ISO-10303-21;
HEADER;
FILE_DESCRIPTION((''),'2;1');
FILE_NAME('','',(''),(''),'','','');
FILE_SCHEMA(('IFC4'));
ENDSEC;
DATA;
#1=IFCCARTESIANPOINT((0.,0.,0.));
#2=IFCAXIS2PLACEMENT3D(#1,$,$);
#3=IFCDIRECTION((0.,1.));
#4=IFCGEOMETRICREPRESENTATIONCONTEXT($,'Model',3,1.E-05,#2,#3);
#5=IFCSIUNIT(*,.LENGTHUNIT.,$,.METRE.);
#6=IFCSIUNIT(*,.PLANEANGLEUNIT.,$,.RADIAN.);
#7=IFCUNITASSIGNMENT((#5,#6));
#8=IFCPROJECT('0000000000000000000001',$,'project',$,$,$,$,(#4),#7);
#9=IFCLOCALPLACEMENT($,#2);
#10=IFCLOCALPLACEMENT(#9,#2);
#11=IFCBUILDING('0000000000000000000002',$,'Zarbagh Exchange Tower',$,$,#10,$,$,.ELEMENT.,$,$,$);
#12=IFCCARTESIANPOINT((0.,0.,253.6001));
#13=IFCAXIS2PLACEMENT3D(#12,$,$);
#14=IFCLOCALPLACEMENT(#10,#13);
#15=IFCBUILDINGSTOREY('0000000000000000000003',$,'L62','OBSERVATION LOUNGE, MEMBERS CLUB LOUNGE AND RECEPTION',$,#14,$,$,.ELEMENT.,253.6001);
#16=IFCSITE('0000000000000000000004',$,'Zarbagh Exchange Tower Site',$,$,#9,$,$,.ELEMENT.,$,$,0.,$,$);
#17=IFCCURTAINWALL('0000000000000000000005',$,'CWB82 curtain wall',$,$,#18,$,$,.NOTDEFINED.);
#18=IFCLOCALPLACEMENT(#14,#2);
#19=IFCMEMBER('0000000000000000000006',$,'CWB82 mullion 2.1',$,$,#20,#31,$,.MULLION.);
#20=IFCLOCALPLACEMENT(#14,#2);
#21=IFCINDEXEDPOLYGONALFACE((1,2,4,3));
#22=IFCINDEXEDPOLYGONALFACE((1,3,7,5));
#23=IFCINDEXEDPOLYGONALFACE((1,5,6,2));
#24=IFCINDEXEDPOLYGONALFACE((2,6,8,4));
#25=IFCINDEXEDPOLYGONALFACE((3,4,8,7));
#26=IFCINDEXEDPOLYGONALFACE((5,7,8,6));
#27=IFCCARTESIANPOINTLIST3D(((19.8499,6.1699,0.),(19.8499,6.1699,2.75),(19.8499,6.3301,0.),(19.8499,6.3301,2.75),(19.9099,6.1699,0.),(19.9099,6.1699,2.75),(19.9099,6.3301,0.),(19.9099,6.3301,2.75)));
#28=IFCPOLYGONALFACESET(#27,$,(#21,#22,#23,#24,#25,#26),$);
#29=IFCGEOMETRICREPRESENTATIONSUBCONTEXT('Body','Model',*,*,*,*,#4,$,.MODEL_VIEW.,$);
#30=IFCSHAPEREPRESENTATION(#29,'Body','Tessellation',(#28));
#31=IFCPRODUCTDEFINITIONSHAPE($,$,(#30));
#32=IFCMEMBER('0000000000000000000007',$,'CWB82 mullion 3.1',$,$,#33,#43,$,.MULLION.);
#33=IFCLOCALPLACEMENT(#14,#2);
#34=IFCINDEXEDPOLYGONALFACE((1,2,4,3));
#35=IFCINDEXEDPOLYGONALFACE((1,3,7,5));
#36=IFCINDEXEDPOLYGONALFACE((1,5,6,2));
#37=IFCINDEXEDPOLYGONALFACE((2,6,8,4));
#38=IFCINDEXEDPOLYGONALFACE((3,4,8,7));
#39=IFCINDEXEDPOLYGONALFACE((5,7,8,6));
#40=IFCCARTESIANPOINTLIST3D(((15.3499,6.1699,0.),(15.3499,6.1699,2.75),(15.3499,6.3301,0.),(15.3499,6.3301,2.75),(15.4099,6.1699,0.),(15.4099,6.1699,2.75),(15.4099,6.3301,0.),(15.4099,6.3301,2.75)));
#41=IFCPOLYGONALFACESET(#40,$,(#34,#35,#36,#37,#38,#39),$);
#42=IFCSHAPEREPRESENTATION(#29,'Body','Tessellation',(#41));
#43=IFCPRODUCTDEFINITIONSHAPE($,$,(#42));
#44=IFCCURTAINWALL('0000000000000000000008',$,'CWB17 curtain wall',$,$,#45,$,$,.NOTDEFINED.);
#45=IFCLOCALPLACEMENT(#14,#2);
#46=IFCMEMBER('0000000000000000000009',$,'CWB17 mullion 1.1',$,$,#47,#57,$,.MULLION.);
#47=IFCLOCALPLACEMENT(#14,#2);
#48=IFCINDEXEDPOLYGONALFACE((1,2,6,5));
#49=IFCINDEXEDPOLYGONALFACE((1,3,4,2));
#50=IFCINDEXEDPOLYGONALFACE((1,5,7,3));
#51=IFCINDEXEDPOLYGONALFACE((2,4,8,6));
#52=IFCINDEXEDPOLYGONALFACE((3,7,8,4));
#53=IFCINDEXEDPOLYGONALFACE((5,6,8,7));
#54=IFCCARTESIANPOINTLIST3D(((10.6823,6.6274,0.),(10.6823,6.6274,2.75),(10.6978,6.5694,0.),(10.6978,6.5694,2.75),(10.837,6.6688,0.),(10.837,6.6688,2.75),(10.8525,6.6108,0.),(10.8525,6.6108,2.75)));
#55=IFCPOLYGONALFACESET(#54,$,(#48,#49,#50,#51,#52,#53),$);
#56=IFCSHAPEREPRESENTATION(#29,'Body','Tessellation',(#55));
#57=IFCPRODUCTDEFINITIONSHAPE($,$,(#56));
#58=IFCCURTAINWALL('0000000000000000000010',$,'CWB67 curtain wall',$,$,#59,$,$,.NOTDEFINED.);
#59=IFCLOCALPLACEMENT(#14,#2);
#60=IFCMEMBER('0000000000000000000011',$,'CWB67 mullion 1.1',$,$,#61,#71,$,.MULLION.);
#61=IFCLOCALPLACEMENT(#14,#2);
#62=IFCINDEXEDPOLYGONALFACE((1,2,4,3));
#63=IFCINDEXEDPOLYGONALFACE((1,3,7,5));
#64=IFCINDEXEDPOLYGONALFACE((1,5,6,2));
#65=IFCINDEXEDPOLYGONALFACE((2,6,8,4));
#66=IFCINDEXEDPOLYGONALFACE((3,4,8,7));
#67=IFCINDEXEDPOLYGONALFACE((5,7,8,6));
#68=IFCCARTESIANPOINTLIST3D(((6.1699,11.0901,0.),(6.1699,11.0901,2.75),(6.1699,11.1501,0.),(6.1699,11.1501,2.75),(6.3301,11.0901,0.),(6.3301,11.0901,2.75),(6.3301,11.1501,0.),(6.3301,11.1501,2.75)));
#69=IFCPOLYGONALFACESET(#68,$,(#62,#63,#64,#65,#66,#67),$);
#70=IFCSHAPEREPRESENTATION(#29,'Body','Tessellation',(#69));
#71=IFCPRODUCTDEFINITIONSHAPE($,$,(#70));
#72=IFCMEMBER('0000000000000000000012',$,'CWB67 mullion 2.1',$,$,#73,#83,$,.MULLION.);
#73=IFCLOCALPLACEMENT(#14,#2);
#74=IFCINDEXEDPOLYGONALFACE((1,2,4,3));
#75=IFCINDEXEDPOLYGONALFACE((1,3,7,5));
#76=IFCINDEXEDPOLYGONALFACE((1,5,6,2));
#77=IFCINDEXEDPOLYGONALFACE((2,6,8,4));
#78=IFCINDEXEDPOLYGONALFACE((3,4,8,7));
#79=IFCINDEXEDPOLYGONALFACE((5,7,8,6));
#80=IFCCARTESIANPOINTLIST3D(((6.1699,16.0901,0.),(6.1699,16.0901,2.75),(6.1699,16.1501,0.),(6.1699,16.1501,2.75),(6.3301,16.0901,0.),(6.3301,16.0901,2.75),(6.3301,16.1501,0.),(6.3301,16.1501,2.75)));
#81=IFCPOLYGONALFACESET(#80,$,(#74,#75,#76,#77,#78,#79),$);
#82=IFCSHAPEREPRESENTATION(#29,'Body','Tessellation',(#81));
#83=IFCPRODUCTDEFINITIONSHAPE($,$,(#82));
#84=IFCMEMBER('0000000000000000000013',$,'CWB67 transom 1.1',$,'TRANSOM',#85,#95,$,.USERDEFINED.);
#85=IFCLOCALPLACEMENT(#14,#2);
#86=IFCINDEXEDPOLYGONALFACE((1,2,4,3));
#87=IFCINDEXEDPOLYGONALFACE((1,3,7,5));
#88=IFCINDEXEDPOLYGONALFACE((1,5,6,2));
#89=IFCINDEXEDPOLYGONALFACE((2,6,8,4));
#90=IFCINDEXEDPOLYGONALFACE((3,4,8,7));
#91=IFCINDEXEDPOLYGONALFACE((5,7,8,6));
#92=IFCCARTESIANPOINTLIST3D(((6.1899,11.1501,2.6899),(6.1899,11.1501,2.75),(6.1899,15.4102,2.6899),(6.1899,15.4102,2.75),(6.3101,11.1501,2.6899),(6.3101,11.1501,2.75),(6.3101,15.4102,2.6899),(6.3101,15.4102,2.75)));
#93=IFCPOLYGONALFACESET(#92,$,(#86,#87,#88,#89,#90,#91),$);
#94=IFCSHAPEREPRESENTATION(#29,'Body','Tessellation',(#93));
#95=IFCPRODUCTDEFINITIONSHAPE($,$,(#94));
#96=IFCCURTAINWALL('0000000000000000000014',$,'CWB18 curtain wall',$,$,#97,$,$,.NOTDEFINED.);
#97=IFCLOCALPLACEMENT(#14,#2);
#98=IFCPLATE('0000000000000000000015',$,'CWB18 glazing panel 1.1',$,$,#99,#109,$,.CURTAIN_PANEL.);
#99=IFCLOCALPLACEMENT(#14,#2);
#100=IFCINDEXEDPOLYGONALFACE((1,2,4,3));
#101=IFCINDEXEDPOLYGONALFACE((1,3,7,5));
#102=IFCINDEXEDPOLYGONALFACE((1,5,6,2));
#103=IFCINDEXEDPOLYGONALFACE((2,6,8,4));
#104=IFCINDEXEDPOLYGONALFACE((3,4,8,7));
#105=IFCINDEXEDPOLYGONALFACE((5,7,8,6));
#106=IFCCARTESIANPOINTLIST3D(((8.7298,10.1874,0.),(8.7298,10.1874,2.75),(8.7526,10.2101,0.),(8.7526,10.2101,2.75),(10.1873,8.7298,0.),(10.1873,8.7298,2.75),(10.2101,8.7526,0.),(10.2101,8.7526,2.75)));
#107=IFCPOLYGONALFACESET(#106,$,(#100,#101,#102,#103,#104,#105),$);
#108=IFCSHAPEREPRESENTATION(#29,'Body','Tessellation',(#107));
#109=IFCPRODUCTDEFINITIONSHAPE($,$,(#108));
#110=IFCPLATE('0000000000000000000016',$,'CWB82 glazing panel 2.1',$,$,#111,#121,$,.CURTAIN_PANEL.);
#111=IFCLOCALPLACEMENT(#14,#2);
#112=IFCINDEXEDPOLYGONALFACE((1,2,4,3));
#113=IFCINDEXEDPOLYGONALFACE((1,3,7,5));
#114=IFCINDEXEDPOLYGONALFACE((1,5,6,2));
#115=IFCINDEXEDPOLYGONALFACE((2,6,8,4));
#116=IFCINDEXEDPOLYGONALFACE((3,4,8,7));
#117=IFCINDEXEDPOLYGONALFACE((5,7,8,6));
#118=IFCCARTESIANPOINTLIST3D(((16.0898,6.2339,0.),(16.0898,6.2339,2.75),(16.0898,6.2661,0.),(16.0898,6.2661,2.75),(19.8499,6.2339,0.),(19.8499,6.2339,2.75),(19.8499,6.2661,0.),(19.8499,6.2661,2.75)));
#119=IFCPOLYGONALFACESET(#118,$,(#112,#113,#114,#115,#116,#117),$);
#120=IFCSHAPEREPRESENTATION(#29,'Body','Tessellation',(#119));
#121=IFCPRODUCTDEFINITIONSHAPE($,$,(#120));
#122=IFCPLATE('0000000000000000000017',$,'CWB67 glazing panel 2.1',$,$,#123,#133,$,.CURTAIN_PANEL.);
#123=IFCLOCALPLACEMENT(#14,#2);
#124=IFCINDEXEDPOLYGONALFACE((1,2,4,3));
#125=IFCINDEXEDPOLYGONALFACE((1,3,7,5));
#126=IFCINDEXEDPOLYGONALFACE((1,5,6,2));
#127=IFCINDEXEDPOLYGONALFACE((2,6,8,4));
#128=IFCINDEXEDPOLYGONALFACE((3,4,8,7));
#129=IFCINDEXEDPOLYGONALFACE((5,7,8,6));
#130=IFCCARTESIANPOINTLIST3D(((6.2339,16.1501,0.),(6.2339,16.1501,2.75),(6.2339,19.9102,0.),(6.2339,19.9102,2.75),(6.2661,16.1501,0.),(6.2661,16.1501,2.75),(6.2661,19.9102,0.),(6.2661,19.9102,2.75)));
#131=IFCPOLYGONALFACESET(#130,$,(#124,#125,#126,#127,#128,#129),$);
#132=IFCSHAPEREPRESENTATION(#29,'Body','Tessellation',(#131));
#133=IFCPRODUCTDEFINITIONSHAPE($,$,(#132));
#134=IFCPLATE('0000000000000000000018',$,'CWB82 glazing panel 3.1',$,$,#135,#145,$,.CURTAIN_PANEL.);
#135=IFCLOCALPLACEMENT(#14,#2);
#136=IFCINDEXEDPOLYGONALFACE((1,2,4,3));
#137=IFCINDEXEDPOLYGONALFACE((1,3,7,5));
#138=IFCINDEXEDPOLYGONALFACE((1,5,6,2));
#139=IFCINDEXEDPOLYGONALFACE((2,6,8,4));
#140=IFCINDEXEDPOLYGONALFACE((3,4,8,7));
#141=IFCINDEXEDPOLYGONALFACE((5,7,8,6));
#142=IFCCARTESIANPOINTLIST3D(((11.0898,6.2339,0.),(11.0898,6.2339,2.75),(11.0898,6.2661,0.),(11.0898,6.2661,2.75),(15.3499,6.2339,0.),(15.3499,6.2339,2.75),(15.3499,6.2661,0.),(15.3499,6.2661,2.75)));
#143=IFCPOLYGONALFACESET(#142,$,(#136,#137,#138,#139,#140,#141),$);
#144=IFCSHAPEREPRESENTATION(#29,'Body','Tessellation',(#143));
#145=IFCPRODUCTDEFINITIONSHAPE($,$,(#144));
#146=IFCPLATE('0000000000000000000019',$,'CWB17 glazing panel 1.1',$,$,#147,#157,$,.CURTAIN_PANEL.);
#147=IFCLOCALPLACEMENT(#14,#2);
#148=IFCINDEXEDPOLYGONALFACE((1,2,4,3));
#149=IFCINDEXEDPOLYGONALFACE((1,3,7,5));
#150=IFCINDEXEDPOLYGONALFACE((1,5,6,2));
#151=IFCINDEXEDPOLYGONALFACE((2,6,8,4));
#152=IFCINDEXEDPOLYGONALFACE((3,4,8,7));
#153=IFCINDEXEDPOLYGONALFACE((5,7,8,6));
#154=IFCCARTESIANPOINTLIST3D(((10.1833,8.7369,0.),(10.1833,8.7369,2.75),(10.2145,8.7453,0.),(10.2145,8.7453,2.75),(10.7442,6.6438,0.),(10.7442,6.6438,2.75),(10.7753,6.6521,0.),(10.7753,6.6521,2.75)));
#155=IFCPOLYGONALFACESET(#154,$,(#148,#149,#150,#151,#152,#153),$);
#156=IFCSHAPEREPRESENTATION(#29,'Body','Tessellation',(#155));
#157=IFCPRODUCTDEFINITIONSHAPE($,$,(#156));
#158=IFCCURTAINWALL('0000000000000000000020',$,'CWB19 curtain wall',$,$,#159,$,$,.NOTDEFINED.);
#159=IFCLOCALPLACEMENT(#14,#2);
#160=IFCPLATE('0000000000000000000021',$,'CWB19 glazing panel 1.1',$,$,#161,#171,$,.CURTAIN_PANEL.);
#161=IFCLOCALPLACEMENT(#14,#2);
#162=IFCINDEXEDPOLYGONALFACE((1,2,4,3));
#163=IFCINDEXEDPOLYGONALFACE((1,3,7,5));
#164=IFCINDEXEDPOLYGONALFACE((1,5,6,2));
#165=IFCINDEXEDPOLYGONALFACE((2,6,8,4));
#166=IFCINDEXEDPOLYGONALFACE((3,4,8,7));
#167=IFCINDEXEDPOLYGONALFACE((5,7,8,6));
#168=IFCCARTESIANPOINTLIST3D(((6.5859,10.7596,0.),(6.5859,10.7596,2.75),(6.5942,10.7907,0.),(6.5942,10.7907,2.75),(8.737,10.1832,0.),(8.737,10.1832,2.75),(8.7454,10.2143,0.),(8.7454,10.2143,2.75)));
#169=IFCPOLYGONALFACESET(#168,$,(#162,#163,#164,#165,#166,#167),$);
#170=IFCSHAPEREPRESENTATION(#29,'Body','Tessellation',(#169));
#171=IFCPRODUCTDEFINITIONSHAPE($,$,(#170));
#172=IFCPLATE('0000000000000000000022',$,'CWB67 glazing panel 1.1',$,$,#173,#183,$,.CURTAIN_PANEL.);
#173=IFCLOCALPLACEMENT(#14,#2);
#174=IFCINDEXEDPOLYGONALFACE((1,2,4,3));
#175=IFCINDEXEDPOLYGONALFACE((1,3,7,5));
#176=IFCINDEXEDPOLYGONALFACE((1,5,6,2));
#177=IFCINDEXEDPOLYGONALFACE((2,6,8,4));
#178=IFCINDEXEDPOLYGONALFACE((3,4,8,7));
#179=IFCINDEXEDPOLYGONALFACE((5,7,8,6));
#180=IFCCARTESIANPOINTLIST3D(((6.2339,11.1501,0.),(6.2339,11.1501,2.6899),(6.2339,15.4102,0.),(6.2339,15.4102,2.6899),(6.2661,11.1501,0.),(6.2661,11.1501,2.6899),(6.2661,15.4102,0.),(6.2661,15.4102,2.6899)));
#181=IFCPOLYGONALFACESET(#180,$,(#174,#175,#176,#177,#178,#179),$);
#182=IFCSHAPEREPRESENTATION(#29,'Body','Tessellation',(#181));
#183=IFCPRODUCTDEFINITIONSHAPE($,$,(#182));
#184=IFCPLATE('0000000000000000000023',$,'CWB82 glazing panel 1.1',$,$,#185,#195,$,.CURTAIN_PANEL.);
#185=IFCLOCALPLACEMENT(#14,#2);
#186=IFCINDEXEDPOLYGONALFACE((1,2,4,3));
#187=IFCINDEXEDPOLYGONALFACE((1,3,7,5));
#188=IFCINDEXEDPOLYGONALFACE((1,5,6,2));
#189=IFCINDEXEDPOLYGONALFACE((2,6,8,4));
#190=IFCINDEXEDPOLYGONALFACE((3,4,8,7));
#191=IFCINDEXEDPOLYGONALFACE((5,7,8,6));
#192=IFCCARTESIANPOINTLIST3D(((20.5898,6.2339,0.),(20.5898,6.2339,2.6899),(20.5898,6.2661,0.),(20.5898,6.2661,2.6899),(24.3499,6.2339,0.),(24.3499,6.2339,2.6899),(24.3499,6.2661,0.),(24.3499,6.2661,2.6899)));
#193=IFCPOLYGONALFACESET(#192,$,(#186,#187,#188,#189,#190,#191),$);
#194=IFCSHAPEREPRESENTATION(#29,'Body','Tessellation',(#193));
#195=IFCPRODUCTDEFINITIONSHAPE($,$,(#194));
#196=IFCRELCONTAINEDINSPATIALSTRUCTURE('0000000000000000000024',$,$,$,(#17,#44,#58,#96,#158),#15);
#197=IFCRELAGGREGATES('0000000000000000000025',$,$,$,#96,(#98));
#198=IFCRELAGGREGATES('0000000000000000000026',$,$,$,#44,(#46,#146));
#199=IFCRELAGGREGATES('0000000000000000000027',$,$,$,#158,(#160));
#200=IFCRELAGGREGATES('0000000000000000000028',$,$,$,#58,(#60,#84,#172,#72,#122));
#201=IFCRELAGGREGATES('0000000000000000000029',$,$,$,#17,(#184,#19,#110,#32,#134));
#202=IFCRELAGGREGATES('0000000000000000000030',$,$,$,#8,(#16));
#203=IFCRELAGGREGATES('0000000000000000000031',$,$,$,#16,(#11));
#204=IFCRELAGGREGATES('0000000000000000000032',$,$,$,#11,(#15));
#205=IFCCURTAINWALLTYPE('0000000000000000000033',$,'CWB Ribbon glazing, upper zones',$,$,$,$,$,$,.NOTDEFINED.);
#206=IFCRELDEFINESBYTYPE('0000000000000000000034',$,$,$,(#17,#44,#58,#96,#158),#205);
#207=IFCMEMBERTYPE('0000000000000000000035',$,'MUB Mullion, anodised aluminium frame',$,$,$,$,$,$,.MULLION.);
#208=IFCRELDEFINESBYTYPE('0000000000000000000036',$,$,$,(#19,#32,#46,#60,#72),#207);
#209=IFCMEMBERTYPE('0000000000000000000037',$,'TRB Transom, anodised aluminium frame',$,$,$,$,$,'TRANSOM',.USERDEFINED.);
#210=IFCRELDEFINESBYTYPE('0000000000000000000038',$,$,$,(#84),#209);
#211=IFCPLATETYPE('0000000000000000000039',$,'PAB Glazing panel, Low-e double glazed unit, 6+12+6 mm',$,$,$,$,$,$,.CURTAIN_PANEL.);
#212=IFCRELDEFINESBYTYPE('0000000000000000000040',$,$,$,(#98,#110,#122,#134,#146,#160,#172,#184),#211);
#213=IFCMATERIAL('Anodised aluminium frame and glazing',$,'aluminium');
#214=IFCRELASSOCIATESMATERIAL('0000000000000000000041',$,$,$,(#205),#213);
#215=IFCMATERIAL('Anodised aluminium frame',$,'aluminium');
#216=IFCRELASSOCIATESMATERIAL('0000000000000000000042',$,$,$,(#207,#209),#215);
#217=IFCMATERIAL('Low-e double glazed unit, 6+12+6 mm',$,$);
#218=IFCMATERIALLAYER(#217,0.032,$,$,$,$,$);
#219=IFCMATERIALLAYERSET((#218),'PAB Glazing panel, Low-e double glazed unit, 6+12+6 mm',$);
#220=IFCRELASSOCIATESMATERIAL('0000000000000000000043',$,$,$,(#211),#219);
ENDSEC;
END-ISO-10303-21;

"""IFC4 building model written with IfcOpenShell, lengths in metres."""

from ifc_helpers import new_model, si_unit, direction, frame, origin, place, context, subcontext, project, spatial, polyline, outline, extrude, source, transform, mapped, material, layer, layer_set, type_object, element, aggregate, save


model = new_model("IFC4")

# Units and contexts
model_context = context("Model", 3, precision=1e-05, world=origin(), true_north=direction((0.0, 1.0)))
body_context = subcontext(model_context, "Body", "Model", "MODEL_VIEW")
ifc_project = project(units=[si_unit("LENGTHUNIT", "METRE"), si_unit("PLANEANGLEUNIT", "RADIAN")], contexts=[model_context])

# Site, building, storey
site_placement = place(None, origin())
site = spatial("IfcSite", under=ifc_project, at=site_placement, Name="Zarbagh Exchange Tower Site", CompositionType="ELEMENT", RefElevation=0.0)
building_placement = place(site_placement, origin())
building = spatial("IfcBuilding", under=site, at=building_placement, Name="Zarbagh Exchange Tower", CompositionType="ELEMENT")
storey_placement = place(building_placement, frame((0.0, 0.0, 253.6001)))
storey = spatial("IfcBuildingStorey", under=building, at=storey_placement, Name="L62", Description="OBSERVATION LOUNGE, MEMBERS CLUB LOUNGE AND RECEPTION", CompositionType="ELEMENT", Elevation=253.6001)

# Curtain wall, members
ifc_material_1 = material(Name="Anodised aluminium frame and glazing", Category="aluminium")
curtain_wall_type = type_object("IfcCurtainWallType", Name="CWB Ribbon glazing, upper zones", PredefinedType="NOTDEFINED", material=ifc_material_1)
curtain_wall_1_placement = place(storey_placement, origin())
curtain_wall_1 = element("IfcCurtainWall", 1, at=curtain_wall_1_placement, inside=storey, type_object=curtain_wall_type, Name="CWB82 curtain wall", PredefinedType="NOTDEFINED")
ifc_material_2 = material(Name="Anodised aluminium frame", Category="aluminium")
member_type_1 = type_object("IfcMemberType", Name="MUB Mullion, anodised aluminium frame", PredefinedType="MULLION", material=ifc_material_2)
shared_shape_1 = source(origin(), body_context, "Body", "SweptSolid", [
    extrude(outline(polyline([(0.0, -0.0801), (0.0601, -0.0801), (0.0601, 0.0801), (0.0, 0.0801), (0.0, -0.0801)])), origin(), (0.0, 0.0, 1.0), 2.75),
])
placement = place(storey_placement, origin())
member_1 = element("IfcMember", 2, at=placement, type_object=member_type_1, Name="CWB82 mullion 2.1", PredefinedType="MULLION", context=body_context, shape_type="MappedRepresentation", body=[
    mapped(shared_shape_1, transform((19.9099, 6.25, 0.0), x_axis=(-1.0, 0.0, 0.0), y_axis=(0.0, -1.0, 0.0), z_axis=(0.0, 0.0, 1.0))),
])
member_2 = element("IfcMember", 3, at=placement, type_object=member_type_1, Name="CWB82 mullion 3.1", PredefinedType="MULLION", context=body_context, shape_type="MappedRepresentation", body=[
    mapped(shared_shape_1, transform((15.4099, 6.25, 0.0), x_axis=(-1.0, 0.0, 0.0), y_axis=(0.0, -1.0, 0.0), z_axis=(0.0, 0.0, 1.0))),
])

# Curtain wall, member
curtain_wall_2_placement = place(storey_placement, origin())
curtain_wall_2 = element("IfcCurtainWall", 4, at=curtain_wall_2_placement, inside=storey, type_object=curtain_wall_type, Name="CWB17 curtain wall", PredefinedType="NOTDEFINED")
member_3 = element("IfcMember", 5, at=placement, type_object=member_type_1, Name="CWB17 mullion 1.1", PredefinedType="MULLION", context=body_context, shape_type="MappedRepresentation", body=[
    mapped(shared_shape_1, transform((10.7751, 6.5901, 0.0), x_axis=(-0.258825, 0.965924, 0.0), y_axis=(-0.965924, -0.258825, 0.0), z_axis=(0.0, 0.0, 1.0))),
])

# Curtain wall, members
curtain_wall_3_placement = place(storey_placement, origin())
curtain_wall_3 = element("IfcCurtainWall", 6, at=curtain_wall_3_placement, inside=storey, type_object=curtain_wall_type, Name="CWB67 curtain wall", PredefinedType="NOTDEFINED")
member_4 = element("IfcMember", 7, at=placement, type_object=member_type_1, Name="CWB67 mullion 1.1", PredefinedType="MULLION", context=body_context, shape_type="MappedRepresentation", body=[
    mapped(shared_shape_1, transform((6.25, 11.0901, 0.0), x_axis=(0.0, 1.0, 0.0), y_axis=(-1.0, 0.0, 0.0), z_axis=(0.0, 0.0, 1.0))),
])
member_5 = element("IfcMember", 8, at=placement, type_object=member_type_1, Name="CWB67 mullion 2.1", PredefinedType="MULLION", context=body_context, shape_type="MappedRepresentation", body=[
    mapped(shared_shape_1, transform((6.25, 16.0901, 0.0), x_axis=(0.0, 1.0, 0.0), y_axis=(-1.0, 0.0, 0.0), z_axis=(0.0, 0.0, 1.0))),
])
member_type_2 = type_object("IfcMemberType", Name="TRB Transom, anodised aluminium frame", ElementType="TRANSOM", PredefinedType="USERDEFINED", material=ifc_material_2)
shared_shape_2 = source(origin(), body_context, "Body", "SweptSolid", [
    extrude(outline(polyline([(-0.0601, -0.0601), (0.0, -0.0601), (0.0, 0.0601), (-0.0601, 0.0601), (-0.0601, -0.0601)])), origin(), (0.0, 0.0, 1.0), 4.26),
])
member_6 = element("IfcMember", 9, at=placement, type_object=member_type_2, Name="CWB67 transom 1.1", ObjectType="TRANSOM", PredefinedType="USERDEFINED", context=body_context, shape_type="MappedRepresentation", body=[
    mapped(shared_shape_2, transform((6.25, 11.1501, 2.75), x_axis=(0.0, 0.0, 1.0), y_axis=(1.0, 0.0, 0.0), z_axis=(0.0, 1.0, 0.0))),
])

# Curtain wall, plate
curtain_wall_4_placement = place(storey_placement, origin())
curtain_wall_4 = element("IfcCurtainWall", 10, at=curtain_wall_4_placement, inside=storey, type_object=curtain_wall_type, Name="CWB18 curtain wall", PredefinedType="NOTDEFINED")
ifc_material_3 = material(Name="Low-e double glazed unit, 6+12+6 mm")
ifc_layer_1 = layer(ifc_material_3, 0.032)
ifc_layer_set_1 = layer_set([ifc_layer_1], Name="PAB Glazing panel, Low-e double glazed unit, 6+12+6 mm")
plate_type = type_object("IfcPlateType", Name="PAB Glazing panel, Low-e double glazed unit, 6+12+6 mm", PredefinedType="CURTAIN_PANEL", material=ifc_layer_set_1)
shared_shape_3 = source(origin(), body_context, "Body", "SweptSolid", [
    extrude(outline(polyline([(0.0, -0.0161), (2.0613, -0.0161), (2.0613, 0.0161), (0.0, 0.0161), (0.0, -0.0161)])), origin(), (0.0, 0.0, 1.0), 2.75),
])
plate_1 = element("IfcPlate", 11, at=placement, type_object=plate_type, Name="CWB18 glazing panel 1.1", PredefinedType="CURTAIN_PANEL", context=body_context, shape_type="MappedRepresentation", body=[
    mapped(shared_shape_3, transform((10.1987, 8.7412, 0.0), x_axis=(-0.707107, 0.707107, 0.0), y_axis=(-0.707107, -0.707107, 0.0), z_axis=(0.0, 0.0, 1.0))),
])
aggregate(curtain_wall_4, [plate_1])

# Plates
shared_shape_4 = source(origin(), body_context, "Body", "SweptSolid", [
    extrude(outline(polyline([(0.0, -0.0161), (3.76, -0.0161), (3.76, 0.0161), (0.0, 0.0161), (0.0, -0.0161)])), origin(), (0.0, 0.0, 1.0), 2.75),
])
plate_2 = element("IfcPlate", 12, at=placement, type_object=plate_type, Name="CWB82 glazing panel 2.1", PredefinedType="CURTAIN_PANEL", context=body_context, shape_type="MappedRepresentation", body=[
    mapped(shared_shape_4, transform((19.8499, 6.25, 0.0), x_axis=(-1.0, 0.0, 0.0), y_axis=(0.0, -1.0, 0.0), z_axis=(0.0, 0.0, 1.0))),
])
plate_3 = element("IfcPlate", 13, at=placement, type_object=plate_type, Name="CWB67 glazing panel 2.1", PredefinedType="CURTAIN_PANEL", context=body_context, shape_type="MappedRepresentation", body=[
    mapped(shared_shape_4, transform((6.25, 16.1501, 0.0), x_axis=(0.0, 1.0, 0.0), y_axis=(-1.0, 0.0, 0.0), z_axis=(0.0, 0.0, 1.0))),
])
shared_shape_5 = source(origin(), body_context, "Body", "SweptSolid", [
    extrude(outline(polyline([(0.0, -0.0161), (4.26, -0.0161), (4.26, 0.0161), (0.0, 0.0161), (0.0, -0.0161)])), origin(), (0.0, 0.0, 1.0), 2.75),
])
plate_4 = element("IfcPlate", 14, at=placement, type_object=plate_type, Name="CWB82 glazing panel 3.1", PredefinedType="CURTAIN_PANEL", context=body_context, shape_type="MappedRepresentation", body=[
    mapped(shared_shape_5, transform((15.3499, 6.25, 0.0), x_axis=(-1.0, 0.0, 0.0), y_axis=(0.0, -1.0, 0.0), z_axis=(0.0, 0.0, 1.0))),
])
shared_shape_6 = source(origin(), body_context, "Body", "SweptSolid", [
    extrude(outline(polyline([(0.0, -0.0161), (2.167, -0.0161), (2.167, 0.0161), (0.0, 0.0161), (0.0, -0.0161)])), origin(), (0.0, 0.0, 1.0), 2.75),
])
plate_5 = element("IfcPlate", 15, at=placement, type_object=plate_type, Name="CWB17 glazing panel 1.1", PredefinedType="CURTAIN_PANEL", context=body_context, shape_type="MappedRepresentation", body=[
    mapped(shared_shape_6, transform((10.7598, 6.6479, 0.0), x_axis=(-0.258825, 0.965924, 0.0), y_axis=(-0.965924, -0.258825, 0.0), z_axis=(0.0, 0.0, 1.0))),
])
aggregate(curtain_wall_2, [member_3, plate_5])

# Curtain wall, plate
curtain_wall_5_placement = place(storey_placement, origin())
curtain_wall_5 = element("IfcCurtainWall", 16, at=curtain_wall_5_placement, inside=storey, type_object=curtain_wall_type, Name="CWB19 curtain wall", PredefinedType="NOTDEFINED")
shared_shape_7 = source(origin(), body_context, "Body", "SweptSolid", [
    extrude(outline(polyline([(0.0, -0.0161), (2.2271, -0.0161), (2.2271, 0.0161), (0.0, 0.0161), (0.0, -0.0161)])), origin(), (0.0, 0.0, 1.0), 2.75),
])
plate_6 = element("IfcPlate", 17, at=placement, type_object=plate_type, Name="CWB19 glazing panel 1.1", PredefinedType="CURTAIN_PANEL", context=body_context, shape_type="MappedRepresentation", body=[
    mapped(shared_shape_7, transform((8.7412, 10.1987, 0.0), x_axis=(-0.965924, 0.258825, 0.0), y_axis=(-0.258825, -0.965924, 0.0), z_axis=(0.0, 0.0, 1.0))),
])
aggregate(curtain_wall_5, [plate_6])

# Plates
shared_shape_8 = source(origin(), body_context, "Body", "SweptSolid", [
    extrude(outline(polyline([(0.0, -0.0161), (4.26, -0.0161), (4.26, 0.0161), (0.0, 0.0161), (0.0, -0.0161)])), origin(), (0.0, 0.0, 1.0), 2.6899),
])
plate_7 = element("IfcPlate", 18, at=placement, type_object=plate_type, Name="CWB67 glazing panel 1.1", PredefinedType="CURTAIN_PANEL", context=body_context, shape_type="MappedRepresentation", body=[
    mapped(shared_shape_8, transform((6.25, 11.1501, 0.0), x_axis=(0.0, 1.0, 0.0), y_axis=(-1.0, 0.0, 0.0), z_axis=(0.0, 0.0, 1.0))),
])
aggregate(curtain_wall_3, [member_4, member_6, plate_7, member_5, plate_3])
shared_shape_9 = source(origin(), body_context, "Body", "SweptSolid", [
    extrude(outline(polyline([(0.0, -0.0161), (3.76, -0.0161), (3.76, 0.0161), (0.0, 0.0161), (0.0, -0.0161)])), origin(), (0.0, 0.0, 1.0), 2.6899),
])
plate_8 = element("IfcPlate", 19, at=placement, type_object=plate_type, Name="CWB82 glazing panel 1.1", PredefinedType="CURTAIN_PANEL", context=body_context, shape_type="MappedRepresentation", body=[
    mapped(shared_shape_9, transform((24.3499, 6.25, 0.0), x_axis=(-1.0, 0.0, 0.0), y_axis=(0.0, -1.0, 0.0), z_axis=(0.0, 0.0, 1.0))),
])
aggregate(curtain_wall_1, [plate_8, member_1, plate_2, member_2, plate_4])

save(model, "model.ifc")
